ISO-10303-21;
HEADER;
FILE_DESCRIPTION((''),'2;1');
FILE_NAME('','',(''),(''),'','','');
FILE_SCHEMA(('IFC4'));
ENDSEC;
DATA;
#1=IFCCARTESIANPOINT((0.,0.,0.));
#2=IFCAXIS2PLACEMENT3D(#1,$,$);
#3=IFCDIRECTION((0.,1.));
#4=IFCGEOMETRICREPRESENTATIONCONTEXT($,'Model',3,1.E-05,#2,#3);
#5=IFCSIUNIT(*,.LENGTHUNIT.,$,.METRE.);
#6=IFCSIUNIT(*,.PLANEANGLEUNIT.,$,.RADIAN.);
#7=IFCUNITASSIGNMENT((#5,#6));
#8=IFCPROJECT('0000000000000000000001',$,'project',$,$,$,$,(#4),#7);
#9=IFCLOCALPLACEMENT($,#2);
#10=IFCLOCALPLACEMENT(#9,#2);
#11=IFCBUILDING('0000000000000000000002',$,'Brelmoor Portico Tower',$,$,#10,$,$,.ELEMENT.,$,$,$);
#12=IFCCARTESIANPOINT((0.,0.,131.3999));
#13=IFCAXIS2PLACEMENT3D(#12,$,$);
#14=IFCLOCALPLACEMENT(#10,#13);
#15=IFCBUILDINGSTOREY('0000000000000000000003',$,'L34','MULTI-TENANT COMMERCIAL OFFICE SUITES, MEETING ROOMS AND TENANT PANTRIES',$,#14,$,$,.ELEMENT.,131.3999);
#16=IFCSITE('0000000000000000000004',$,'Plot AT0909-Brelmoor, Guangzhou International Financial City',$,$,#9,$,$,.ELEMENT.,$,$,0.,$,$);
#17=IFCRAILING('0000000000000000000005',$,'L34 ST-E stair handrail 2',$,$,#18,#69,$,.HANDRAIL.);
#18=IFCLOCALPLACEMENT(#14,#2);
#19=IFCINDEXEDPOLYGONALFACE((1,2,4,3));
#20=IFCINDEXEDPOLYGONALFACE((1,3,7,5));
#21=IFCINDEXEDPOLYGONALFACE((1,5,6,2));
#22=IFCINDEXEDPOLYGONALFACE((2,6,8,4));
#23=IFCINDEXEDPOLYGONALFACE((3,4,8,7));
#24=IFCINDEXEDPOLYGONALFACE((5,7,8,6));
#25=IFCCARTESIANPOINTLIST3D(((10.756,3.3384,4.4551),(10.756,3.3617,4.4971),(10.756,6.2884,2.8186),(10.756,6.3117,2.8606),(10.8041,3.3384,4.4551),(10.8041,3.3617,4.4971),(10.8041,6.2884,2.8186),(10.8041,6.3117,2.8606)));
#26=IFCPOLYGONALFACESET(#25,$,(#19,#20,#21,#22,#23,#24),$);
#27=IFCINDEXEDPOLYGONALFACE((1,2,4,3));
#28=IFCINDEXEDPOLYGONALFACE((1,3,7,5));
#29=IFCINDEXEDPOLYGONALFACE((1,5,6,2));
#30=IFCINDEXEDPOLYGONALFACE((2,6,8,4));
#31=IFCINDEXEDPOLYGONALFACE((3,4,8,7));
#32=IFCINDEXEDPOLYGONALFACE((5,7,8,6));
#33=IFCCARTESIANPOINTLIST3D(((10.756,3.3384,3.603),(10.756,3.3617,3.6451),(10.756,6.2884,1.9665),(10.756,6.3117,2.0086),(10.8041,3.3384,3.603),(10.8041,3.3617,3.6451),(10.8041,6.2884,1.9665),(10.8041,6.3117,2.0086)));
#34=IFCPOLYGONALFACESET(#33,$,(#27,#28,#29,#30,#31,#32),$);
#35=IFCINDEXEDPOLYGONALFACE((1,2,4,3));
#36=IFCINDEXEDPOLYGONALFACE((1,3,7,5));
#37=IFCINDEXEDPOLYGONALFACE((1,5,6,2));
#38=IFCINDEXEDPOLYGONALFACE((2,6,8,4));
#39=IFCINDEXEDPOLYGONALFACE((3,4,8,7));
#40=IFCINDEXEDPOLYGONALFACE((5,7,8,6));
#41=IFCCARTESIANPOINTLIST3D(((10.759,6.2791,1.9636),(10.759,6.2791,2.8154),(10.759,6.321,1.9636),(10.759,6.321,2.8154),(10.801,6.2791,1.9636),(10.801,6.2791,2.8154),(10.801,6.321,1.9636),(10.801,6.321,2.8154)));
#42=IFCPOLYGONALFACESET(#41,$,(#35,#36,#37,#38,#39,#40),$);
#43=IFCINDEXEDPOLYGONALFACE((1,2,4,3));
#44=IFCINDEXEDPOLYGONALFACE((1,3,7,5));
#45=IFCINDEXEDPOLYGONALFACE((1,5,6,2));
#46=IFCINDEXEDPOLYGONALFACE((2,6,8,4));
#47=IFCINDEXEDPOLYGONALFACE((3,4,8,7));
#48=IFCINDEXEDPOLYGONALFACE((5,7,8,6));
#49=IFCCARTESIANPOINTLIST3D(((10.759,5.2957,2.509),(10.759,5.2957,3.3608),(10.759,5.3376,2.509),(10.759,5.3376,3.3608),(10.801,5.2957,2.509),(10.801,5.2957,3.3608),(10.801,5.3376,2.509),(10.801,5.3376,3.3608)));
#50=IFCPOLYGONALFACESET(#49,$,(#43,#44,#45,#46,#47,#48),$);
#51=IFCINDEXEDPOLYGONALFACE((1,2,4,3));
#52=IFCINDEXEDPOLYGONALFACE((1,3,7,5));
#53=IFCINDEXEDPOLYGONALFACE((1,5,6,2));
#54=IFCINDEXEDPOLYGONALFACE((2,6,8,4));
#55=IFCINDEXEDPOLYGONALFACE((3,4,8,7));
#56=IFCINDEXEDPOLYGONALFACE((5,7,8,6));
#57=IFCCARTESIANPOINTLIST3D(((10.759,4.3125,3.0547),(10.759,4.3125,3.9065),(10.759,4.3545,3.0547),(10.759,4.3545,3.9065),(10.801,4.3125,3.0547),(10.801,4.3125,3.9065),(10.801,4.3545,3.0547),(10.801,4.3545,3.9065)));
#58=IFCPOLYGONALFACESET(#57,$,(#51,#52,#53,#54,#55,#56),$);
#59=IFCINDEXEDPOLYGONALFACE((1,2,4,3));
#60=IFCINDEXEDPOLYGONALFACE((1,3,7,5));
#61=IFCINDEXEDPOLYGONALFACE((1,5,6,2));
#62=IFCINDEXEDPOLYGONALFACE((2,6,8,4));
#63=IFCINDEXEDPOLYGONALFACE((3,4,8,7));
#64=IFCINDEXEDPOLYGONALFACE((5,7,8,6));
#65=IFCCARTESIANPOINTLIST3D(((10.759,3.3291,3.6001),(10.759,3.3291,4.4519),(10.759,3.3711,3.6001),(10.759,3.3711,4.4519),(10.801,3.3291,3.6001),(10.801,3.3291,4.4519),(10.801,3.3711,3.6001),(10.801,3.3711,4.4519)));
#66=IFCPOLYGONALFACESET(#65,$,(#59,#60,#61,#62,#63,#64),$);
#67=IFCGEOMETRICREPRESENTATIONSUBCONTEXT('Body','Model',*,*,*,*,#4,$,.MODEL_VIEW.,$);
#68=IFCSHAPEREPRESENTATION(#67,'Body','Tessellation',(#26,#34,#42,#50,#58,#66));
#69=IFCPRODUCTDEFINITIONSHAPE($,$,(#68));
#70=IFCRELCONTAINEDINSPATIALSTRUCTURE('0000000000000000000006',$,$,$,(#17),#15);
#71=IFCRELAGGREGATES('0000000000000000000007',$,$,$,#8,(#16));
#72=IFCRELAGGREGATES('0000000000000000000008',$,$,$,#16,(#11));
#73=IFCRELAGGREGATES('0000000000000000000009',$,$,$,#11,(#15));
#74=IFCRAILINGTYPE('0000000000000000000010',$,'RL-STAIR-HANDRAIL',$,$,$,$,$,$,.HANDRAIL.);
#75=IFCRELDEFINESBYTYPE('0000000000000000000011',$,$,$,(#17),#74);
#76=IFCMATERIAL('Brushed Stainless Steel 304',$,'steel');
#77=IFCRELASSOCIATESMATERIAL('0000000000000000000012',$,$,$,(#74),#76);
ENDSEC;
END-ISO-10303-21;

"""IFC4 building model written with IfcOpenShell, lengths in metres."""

from ifc_helpers import new_model, si_unit, direction, frame, origin, origin_2d, place, context, subcontext, project, spatial, rectangle, extrude, material, type_object, element, save


model = new_model("IFC4")

# Units and contexts
model_context = context("Model", 3, precision=1e-05, world=origin(), true_north=direction((0.0, 1.0)))
body_context = subcontext(model_context, "Body", "Model", "MODEL_VIEW")
ifc_project = project(units=[si_unit("LENGTHUNIT", "METRE"), si_unit("PLANEANGLEUNIT", "RADIAN")], contexts=[model_context])

# Site, building, storey
site_placement = place(None, origin())
site = spatial("IfcSite", under=ifc_project, at=site_placement, Name="Plot AT0909-Brelmoor, Guangzhou International Financial City", CompositionType="ELEMENT", RefElevation=0.0)
building_placement = place(site_placement, origin())
building = spatial("IfcBuilding", under=site, at=building_placement, Name="Brelmoor Portico Tower", CompositionType="ELEMENT")
storey_placement = place(building_placement, frame((0.0, 0.0, 131.3999)))
storey = spatial("IfcBuildingStorey", under=building, at=storey_placement, Name="L34", Description="MULTI-TENANT COMMERCIAL OFFICE SUITES, MEETING ROOMS AND TENANT PANTRIES", CompositionType="ELEMENT", Elevation=131.3999)

# Railing
ifc_material_1 = material(Name="Brushed Stainless Steel 304", Category="steel")
railing_type_1 = type_object("IfcRailingType", Name="RL-STAIR-HANDRAIL", PredefinedType="HANDRAIL", material=ifc_material_1)
railing_1_placement = place(storey_placement, frame((10.78, 6.3, 1.9636)))
element("IfcRailing", 1, at=railing_1_placement, inside=storey, type_object=railing_type_1, Name="L34 ST-E stair handrail 2", PredefinedType="HANDRAIL", context=body_context, shape_type="SweptSolid", body=[
    extrude(rectangle(XDim=0.0481, YDim=0.0481, at=origin_2d()), frame((0.0, 0.0, 0.876), z_axis=(0.0, -0.874458, 0.485102), x_axis=(1.0, 0.0, 0.0)), (0.0, 0.0, 1.0), 3.3735),
    extrude(rectangle(XDim=0.0481, YDim=0.0481, at=origin_2d()), frame((0.0, 0.0, 0.0239), z_axis=(0.0, -0.874458, 0.485102), x_axis=(1.0, 0.0, 0.0)), (0.0, 0.0, 1.0), 3.3735),
    extrude(rectangle(XDim=0.042, YDim=0.042, at=origin_2d()), origin(), (0.0, 0.0, 1.0), 0.8518),
    extrude(rectangle(XDim=0.042, YDim=0.042, at=origin_2d()), frame((0.0, -0.9834, 0.5454)), (0.0, 0.0, 1.0), 0.8518),
    extrude(rectangle(XDim=0.042, YDim=0.042, at=origin_2d()), frame((0.0, -1.9666, 1.0911)), (0.0, 0.0, 1.0), 0.8518),
    extrude(rectangle(XDim=0.042, YDim=0.042, at=origin_2d()), frame((0.0, -2.95, 1.6365)), (0.0, 0.0, 1.0), 0.8518),
])

save(model, "model.ifc")
